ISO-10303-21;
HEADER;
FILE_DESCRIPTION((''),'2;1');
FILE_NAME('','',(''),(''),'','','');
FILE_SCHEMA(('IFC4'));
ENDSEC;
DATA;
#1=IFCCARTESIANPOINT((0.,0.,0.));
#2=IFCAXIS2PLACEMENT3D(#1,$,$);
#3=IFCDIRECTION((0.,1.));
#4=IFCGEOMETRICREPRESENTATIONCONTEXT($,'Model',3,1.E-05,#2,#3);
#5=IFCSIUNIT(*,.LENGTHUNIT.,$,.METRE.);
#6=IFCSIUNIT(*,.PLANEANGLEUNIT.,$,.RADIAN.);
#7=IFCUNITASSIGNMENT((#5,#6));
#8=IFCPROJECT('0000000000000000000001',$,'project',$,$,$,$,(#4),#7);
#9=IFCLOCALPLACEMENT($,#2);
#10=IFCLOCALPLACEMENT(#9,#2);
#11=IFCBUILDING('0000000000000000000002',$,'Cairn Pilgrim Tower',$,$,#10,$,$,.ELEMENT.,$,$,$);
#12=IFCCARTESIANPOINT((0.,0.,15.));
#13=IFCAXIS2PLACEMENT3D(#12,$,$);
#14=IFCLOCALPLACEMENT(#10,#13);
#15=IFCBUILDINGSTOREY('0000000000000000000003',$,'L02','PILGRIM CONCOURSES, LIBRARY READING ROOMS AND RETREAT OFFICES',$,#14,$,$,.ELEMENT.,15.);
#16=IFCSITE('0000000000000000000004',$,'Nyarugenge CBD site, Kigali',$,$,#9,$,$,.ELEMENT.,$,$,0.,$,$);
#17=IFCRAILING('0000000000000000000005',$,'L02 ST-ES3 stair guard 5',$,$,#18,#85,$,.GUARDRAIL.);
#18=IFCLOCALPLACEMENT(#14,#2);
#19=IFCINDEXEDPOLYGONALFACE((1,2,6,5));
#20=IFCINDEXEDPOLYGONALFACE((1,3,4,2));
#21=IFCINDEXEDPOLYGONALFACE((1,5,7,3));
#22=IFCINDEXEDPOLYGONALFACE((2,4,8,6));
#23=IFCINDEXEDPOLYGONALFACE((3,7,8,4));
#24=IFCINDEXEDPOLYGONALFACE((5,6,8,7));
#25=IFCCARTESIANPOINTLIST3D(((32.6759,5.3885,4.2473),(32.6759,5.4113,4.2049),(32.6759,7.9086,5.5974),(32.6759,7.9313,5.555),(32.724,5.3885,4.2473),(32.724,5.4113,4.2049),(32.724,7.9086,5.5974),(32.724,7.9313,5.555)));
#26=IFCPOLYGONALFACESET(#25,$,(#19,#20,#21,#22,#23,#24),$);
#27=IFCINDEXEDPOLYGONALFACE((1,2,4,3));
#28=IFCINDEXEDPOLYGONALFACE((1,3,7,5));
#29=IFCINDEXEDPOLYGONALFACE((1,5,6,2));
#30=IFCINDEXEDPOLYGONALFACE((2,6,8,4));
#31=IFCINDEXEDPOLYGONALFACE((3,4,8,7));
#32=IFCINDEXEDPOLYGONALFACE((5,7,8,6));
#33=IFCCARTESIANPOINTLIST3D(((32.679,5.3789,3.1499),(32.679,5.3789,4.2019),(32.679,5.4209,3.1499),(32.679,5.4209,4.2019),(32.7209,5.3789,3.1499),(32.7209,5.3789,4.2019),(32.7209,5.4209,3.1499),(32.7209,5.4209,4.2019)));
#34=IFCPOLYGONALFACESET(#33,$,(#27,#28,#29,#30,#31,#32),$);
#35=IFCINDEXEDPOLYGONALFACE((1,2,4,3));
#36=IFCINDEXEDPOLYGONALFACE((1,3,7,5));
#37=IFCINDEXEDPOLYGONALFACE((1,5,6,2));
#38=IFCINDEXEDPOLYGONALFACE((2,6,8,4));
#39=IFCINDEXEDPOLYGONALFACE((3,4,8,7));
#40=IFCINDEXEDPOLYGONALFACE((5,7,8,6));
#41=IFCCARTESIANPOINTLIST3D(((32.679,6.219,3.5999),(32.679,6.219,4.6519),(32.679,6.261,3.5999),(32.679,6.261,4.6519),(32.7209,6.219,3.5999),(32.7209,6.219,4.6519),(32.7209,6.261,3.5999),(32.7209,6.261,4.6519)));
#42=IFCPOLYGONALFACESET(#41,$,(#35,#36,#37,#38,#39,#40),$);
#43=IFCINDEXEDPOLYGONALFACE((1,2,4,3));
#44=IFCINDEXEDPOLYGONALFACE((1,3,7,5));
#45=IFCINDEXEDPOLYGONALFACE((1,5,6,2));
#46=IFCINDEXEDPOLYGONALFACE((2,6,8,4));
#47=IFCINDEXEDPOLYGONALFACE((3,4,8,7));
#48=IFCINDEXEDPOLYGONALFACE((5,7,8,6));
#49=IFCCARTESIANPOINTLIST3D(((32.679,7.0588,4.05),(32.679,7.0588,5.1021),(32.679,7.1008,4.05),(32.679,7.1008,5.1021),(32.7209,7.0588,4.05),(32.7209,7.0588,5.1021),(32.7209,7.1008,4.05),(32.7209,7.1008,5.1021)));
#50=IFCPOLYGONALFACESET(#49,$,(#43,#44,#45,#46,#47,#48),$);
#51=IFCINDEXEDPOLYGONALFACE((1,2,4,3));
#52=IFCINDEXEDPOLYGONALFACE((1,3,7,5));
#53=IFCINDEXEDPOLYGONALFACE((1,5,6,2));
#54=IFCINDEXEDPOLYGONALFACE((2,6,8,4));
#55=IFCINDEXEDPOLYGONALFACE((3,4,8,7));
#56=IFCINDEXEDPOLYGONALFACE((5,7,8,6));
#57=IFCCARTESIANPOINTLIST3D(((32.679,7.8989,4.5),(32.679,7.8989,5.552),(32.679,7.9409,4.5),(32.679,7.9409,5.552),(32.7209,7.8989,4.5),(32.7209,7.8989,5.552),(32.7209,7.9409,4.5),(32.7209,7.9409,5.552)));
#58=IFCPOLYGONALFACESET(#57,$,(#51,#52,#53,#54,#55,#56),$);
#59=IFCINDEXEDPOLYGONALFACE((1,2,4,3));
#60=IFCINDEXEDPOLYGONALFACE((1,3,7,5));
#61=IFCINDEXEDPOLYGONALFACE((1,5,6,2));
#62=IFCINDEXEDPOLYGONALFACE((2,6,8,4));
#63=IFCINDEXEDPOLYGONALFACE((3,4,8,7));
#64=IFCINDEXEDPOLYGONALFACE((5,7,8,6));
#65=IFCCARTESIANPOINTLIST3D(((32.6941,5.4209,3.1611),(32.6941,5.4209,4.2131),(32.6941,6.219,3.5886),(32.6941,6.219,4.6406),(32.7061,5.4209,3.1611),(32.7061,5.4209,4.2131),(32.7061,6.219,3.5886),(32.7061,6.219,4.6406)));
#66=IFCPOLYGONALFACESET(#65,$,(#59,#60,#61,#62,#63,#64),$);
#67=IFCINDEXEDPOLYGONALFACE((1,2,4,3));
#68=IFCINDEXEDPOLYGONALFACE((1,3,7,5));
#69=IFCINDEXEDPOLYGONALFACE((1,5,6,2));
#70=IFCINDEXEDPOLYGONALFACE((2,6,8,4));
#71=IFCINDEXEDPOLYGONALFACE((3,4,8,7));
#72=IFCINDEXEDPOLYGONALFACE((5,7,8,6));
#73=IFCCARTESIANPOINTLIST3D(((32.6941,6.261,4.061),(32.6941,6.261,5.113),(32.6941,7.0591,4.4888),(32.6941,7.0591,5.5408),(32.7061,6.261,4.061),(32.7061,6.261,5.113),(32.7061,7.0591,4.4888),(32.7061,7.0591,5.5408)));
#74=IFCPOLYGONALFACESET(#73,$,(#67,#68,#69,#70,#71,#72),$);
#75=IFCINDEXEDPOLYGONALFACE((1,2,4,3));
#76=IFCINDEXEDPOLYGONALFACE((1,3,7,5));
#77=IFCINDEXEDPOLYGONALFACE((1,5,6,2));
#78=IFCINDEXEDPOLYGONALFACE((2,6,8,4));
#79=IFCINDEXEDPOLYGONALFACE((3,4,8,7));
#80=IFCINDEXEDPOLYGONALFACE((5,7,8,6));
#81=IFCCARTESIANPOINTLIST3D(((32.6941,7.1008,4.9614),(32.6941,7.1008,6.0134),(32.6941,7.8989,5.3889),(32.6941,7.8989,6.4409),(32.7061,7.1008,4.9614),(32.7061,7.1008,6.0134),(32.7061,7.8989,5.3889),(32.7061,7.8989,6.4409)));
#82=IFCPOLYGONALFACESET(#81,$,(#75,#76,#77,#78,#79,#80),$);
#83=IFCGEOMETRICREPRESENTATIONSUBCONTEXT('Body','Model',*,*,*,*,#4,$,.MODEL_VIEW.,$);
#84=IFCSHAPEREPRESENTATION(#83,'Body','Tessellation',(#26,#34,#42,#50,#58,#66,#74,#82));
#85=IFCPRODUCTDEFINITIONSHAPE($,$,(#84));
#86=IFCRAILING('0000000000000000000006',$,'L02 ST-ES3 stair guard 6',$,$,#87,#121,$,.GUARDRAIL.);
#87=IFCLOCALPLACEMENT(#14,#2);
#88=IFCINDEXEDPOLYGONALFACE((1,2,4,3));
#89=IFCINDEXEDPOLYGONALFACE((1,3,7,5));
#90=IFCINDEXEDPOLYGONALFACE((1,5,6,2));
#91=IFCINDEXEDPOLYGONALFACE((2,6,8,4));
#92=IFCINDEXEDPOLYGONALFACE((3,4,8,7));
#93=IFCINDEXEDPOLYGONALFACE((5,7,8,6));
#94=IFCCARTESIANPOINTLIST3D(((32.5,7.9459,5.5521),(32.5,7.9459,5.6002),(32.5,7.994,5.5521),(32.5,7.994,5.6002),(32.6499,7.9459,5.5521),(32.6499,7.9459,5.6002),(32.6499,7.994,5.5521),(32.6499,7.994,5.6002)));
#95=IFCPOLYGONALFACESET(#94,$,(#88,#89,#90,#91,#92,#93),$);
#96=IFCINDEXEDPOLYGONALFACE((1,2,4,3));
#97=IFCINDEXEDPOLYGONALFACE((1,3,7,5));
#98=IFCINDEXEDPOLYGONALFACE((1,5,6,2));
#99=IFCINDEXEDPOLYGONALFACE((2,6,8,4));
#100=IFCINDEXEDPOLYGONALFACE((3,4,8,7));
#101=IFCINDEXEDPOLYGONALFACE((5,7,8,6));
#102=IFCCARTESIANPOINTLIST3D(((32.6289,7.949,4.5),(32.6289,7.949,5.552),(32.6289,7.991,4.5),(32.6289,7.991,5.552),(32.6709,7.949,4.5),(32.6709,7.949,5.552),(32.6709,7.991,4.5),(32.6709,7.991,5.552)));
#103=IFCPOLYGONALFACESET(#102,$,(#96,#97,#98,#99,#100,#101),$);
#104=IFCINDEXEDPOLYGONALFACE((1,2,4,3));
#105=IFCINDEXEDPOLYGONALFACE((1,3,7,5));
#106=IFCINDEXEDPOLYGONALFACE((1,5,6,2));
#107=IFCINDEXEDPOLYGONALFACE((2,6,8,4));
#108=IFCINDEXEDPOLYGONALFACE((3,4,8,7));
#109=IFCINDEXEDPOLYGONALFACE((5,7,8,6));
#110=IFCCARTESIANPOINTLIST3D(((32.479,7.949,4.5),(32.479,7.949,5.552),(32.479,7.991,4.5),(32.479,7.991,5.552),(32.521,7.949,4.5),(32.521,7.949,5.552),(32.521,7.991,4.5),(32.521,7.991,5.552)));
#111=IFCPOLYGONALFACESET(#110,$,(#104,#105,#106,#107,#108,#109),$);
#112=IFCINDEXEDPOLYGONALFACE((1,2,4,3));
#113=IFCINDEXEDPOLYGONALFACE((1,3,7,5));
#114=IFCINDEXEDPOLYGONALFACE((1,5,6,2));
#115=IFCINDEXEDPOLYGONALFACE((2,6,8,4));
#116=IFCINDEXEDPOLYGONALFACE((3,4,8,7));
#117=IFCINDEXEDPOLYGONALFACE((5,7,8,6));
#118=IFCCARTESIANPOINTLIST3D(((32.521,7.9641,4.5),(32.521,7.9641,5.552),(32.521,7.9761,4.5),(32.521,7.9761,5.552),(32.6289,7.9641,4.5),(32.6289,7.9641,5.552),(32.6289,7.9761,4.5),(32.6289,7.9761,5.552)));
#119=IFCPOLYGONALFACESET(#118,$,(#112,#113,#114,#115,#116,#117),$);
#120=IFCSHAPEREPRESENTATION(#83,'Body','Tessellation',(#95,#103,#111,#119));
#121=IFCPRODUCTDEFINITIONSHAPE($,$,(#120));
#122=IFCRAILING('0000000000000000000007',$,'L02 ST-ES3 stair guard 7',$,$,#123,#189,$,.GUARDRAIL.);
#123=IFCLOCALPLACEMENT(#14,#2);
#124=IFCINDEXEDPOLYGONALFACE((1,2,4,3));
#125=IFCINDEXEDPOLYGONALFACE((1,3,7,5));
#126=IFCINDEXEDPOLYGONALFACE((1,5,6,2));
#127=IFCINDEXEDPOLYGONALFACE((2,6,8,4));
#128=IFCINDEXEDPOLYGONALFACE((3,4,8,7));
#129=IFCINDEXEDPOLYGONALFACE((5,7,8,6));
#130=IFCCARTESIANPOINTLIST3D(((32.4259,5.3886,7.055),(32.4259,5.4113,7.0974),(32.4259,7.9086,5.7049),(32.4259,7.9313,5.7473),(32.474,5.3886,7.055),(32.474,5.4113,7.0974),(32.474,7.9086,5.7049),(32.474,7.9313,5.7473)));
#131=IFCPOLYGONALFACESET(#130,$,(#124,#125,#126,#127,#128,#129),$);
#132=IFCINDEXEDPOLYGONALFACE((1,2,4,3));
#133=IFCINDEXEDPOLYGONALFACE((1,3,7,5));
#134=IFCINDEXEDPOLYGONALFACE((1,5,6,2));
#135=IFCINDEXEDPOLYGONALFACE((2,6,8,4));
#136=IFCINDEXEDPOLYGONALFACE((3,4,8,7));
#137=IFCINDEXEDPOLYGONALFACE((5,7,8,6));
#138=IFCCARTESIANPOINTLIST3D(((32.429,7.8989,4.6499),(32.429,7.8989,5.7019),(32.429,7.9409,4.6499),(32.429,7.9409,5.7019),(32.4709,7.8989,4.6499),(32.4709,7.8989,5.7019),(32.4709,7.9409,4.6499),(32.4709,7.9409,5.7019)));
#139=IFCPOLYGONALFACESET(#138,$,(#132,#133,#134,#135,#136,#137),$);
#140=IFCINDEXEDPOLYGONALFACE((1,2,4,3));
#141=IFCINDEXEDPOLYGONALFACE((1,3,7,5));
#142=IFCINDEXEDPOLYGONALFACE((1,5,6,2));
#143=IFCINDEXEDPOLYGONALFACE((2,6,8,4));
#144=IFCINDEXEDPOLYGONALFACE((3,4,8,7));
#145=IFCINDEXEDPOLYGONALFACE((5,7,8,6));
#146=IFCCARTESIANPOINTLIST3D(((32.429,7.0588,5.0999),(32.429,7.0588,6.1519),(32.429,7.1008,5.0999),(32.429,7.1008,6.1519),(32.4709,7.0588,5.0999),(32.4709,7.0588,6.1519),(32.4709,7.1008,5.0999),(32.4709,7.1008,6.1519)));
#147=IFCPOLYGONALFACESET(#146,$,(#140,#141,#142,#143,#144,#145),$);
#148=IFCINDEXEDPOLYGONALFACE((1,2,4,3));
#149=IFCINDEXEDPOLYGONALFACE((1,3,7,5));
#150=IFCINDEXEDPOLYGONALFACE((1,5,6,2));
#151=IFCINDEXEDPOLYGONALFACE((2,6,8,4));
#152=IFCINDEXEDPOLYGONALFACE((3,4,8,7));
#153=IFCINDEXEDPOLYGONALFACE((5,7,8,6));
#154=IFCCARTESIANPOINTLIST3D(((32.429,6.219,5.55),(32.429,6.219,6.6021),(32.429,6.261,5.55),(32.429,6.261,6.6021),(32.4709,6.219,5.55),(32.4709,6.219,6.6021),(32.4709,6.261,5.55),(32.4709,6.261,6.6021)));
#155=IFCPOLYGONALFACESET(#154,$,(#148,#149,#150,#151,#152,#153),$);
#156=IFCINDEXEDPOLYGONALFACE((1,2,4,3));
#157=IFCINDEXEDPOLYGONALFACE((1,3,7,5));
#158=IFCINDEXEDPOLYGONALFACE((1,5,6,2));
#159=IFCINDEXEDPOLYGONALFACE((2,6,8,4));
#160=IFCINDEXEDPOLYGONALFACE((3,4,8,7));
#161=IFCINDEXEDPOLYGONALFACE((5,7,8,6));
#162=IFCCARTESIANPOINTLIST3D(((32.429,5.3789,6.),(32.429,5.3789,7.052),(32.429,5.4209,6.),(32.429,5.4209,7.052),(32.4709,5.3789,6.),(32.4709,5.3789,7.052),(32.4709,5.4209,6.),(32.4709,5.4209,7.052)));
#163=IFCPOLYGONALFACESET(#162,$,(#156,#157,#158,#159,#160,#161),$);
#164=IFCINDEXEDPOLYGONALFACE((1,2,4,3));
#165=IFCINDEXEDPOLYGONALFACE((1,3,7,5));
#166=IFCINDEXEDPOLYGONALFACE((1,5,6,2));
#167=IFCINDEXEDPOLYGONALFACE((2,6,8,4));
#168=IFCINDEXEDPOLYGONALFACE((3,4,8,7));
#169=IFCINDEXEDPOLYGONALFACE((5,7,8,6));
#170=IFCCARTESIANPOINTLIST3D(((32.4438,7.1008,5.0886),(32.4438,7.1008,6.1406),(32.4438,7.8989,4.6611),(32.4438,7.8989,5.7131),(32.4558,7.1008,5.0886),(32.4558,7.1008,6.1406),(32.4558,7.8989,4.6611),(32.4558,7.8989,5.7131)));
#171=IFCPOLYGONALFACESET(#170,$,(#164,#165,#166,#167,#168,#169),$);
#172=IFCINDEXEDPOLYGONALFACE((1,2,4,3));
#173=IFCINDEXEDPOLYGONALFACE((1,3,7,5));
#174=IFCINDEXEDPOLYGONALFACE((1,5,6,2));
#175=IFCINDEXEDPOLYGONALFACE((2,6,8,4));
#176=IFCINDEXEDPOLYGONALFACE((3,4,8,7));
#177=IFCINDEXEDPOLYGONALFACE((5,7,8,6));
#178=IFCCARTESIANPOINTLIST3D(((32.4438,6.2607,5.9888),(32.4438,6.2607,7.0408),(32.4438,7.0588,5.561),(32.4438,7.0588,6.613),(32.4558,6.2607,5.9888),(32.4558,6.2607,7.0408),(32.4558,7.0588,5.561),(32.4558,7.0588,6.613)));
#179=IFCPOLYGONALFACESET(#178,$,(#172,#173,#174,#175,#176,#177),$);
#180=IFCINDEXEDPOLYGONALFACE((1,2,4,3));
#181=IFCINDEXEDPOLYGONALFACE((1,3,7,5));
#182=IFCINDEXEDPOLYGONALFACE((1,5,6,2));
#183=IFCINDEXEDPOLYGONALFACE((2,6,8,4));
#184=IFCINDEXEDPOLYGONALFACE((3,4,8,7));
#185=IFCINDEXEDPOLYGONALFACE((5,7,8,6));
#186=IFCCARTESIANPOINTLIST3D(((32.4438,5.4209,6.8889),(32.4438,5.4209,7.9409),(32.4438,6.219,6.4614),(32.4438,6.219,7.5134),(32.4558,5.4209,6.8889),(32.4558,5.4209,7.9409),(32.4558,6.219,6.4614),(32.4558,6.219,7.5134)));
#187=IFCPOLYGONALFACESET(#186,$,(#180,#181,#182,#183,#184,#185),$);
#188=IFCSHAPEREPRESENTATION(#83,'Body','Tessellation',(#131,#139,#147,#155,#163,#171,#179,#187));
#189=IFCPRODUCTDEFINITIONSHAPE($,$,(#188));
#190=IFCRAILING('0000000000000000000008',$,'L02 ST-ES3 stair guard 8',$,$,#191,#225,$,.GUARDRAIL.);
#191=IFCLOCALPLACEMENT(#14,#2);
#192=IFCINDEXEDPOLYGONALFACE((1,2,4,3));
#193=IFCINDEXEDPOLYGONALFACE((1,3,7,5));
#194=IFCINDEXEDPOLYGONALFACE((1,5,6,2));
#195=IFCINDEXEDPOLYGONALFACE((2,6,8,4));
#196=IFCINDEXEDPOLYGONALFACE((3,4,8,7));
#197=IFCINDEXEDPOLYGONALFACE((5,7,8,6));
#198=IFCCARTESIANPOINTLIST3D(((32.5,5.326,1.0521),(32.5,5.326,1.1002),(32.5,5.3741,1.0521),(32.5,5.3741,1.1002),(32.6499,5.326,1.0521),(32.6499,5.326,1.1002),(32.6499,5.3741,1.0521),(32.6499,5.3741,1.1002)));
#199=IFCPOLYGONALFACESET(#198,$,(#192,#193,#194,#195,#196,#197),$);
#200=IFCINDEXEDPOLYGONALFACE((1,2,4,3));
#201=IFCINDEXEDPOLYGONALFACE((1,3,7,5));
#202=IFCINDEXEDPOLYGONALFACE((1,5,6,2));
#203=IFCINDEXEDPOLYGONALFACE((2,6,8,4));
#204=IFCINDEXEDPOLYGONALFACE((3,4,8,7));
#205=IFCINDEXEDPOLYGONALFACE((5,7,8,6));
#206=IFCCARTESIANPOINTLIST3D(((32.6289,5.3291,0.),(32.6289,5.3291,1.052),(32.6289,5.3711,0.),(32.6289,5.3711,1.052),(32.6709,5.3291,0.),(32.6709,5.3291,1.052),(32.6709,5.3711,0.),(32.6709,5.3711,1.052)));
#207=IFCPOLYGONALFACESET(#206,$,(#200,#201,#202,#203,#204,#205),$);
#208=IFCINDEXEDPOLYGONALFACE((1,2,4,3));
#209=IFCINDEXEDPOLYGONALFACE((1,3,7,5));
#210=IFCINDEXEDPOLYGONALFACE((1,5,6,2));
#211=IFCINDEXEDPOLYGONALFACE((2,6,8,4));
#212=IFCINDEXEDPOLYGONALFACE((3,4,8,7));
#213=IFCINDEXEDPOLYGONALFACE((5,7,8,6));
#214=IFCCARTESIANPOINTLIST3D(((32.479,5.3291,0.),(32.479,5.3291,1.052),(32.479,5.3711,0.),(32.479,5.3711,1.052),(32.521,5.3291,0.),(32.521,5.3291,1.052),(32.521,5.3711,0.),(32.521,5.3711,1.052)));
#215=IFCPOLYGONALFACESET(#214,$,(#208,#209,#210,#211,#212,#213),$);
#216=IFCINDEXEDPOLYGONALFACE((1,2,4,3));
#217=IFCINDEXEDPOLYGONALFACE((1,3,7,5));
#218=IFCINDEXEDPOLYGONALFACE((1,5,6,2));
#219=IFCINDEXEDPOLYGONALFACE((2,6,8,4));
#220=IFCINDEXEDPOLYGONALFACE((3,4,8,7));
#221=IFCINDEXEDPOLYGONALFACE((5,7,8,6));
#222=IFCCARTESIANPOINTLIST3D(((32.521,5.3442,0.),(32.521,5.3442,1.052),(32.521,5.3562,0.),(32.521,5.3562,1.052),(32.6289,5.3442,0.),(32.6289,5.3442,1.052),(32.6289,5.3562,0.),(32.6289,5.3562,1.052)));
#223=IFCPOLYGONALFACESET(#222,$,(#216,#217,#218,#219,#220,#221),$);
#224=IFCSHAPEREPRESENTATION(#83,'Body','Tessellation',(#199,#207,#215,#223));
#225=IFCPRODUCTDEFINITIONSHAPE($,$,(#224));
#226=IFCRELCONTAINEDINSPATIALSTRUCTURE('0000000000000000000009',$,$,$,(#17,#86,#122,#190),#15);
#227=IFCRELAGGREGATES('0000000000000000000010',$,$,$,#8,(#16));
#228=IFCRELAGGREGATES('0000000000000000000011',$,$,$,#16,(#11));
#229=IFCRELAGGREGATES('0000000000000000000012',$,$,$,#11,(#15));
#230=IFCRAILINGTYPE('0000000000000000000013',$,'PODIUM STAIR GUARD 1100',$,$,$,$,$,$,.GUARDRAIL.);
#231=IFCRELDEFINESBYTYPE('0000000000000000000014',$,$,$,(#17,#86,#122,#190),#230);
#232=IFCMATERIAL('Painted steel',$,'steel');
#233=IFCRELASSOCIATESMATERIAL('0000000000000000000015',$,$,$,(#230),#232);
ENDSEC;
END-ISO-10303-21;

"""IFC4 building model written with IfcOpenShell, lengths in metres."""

from ifc_helpers import new_model, si_unit, direction, frame, origin, origin_2d, place, context, subcontext, project, spatial, polyline, rectangle, outline, extrude, material, type_object, element, save


model = new_model("IFC4")

# Units and contexts
model_context = context("Model", 3, precision=1e-05, world=origin(), true_north=direction((0.0, 1.0)))
body_context = subcontext(model_context, "Body", "Model", "MODEL_VIEW")
ifc_project = project(units=[si_unit("LENGTHUNIT", "METRE"), si_unit("PLANEANGLEUNIT", "RADIAN")], contexts=[model_context])

# Site, building, storey
site_placement = place(None, origin())
site = spatial("IfcSite", under=ifc_project, at=site_placement, Name="Nyarugenge CBD site, Kigali", CompositionType="ELEMENT", RefElevation=0.0)
building_placement = place(site_placement, origin())
building = spatial("IfcBuilding", under=site, at=building_placement, Name="Cairn Pilgrim Tower", CompositionType="ELEMENT")
storey_placement = place(building_placement, frame((0.0, 0.0, 15.0)))
storey = spatial("IfcBuildingStorey", under=building, at=storey_placement, Name="L02", Description="PILGRIM CONCOURSES, LIBRARY READING ROOMS AND RETREAT OFFICES", CompositionType="ELEMENT", Elevation=15.0)

# Railings
ifc_material_1 = material(Name="Painted steel", Category="steel")
railing_type_1 = type_object("IfcRailingType", Name="PODIUM STAIR GUARD 1100", PredefinedType="GUARDRAIL", material=ifc_material_1)
railing_1_placement = place(storey_placement, frame((32.7, 5.3999, 3.1499)))
element("IfcRailing", 1, at=railing_1_placement, inside=storey, type_object=railing_type_1, Name="L02 ST-ES3 stair guard 5", PredefinedType="GUARDRAIL", context=body_context, shape_type="SweptSolid", body=[
    extrude(rectangle(XDim=0.0481, YDim=0.0481, at=origin_2d()), frame((0.0, 0.0, 1.0762), z_axis=(0.0, 0.881467, 0.472245), x_axis=(-1.0, 0.0, 0.0)), (0.0, 0.0, 1.0), 2.8589),
    extrude(rectangle(XDim=0.042, YDim=0.042, at=origin_2d()), origin(), (0.0, 0.0, 1.0), 1.052),
    extrude(rectangle(XDim=0.042, YDim=0.042, at=origin_2d()), frame((0.0, 0.8401, 0.45)), (0.0, 0.0, 1.0), 1.052),
    extrude(rectangle(XDim=0.042, YDim=0.042, at=origin_2d()), frame((0.0, 1.6799, 0.9001)), (0.0, 0.0, 1.0), 1.052),
    extrude(rectangle(XDim=0.042, YDim=0.042, at=origin_2d()), frame((0.0, 2.52, 1.3501)), (0.0, 0.0, 1.0), 1.052),
    extrude(outline(polyline([(0.021, 0.0112), (0.8191, 0.4387), (0.8191, 1.4907), (0.021, 1.0632), (0.021, 0.0112)])), frame((-0.0059, 0.0, 0.0), z_axis=(1.0, 0.0, 0.0), x_axis=(0.0, 1.0, 0.0)), (0.0, 0.0, 1.0), 0.012),
    extrude(outline(polyline([(0.021, 0.4612), (0.8191, 0.8889), (0.8191, 1.9409), (0.021, 1.5132), (0.021, 0.4612)])), frame((-0.0059, 0.8401, 0.45), z_axis=(1.0, 0.0, 0.0), x_axis=(0.0, 1.0, 0.0)), (0.0, 0.0, 1.0), 0.012),
    extrude(outline(polyline([(0.021, 0.9114), (0.8191, 1.3389), (0.8191, 2.3909), (0.021, 1.9634), (0.021, 0.9114)])), frame((-0.0059, 1.6799, 0.9001), z_axis=(1.0, 0.0, 0.0), x_axis=(0.0, 1.0, 0.0)), (0.0, 0.0, 1.0), 0.012),
])
railing_2_placement = place(storey_placement, frame((32.6499, 7.97, 4.5)))
element("IfcRailing", 2, at=railing_2_placement, inside=storey, type_object=railing_type_1, Name="L02 ST-ES3 stair guard 6", PredefinedType="GUARDRAIL", context=body_context, shape_type="SweptSolid", body=[
    extrude(rectangle(XDim=0.0481, YDim=0.0481, at=origin_2d()), frame((0.0, 0.0, 1.0762), z_axis=(-1.0, 0.0, 0.0), x_axis=(0.0, -1.0, 0.0)), (0.0, 0.0, 1.0), 0.1499),
    extrude(rectangle(XDim=0.042, YDim=0.042, at=origin_2d()), origin(), (0.0, 0.0, 1.0), 1.052),
    extrude(rectangle(XDim=0.042, YDim=0.042, at=origin_2d()), frame((-0.1499, 0.0, 0.0)), (0.0, 0.0, 1.0), 1.052),
    extrude(outline(polyline([(0.021, 0.0), (0.1289, 0.0), (0.1289, 1.052), (0.021, 1.052), (0.021, 0.0)])), frame((0.0, -0.0059, 0.0), z_axis=(0.0, 1.0, 0.0), x_axis=(-1.0, 0.0, 0.0)), (0.0, 0.0, 1.0), 0.012),
])
railing_3_placement = place(storey_placement, frame((32.45, 7.9199, 4.6499)))
element("IfcRailing", 3, at=railing_3_placement, inside=storey, type_object=railing_type_1, Name="L02 ST-ES3 stair guard 7", PredefinedType="GUARDRAIL", context=body_context, shape_type="SweptSolid", body=[
    extrude(rectangle(XDim=0.0481, YDim=0.0481, at=origin_2d()), frame((0.0, 0.0, 1.0762), z_axis=(0.0, -0.881467, 0.472245), x_axis=(1.0, 0.0, 0.0)), (0.0, 0.0, 1.0), 2.8589),
    extrude(rectangle(XDim=0.042, YDim=0.042, at=origin_2d()), origin(), (0.0, 0.0, 1.0), 1.052),
    extrude(rectangle(XDim=0.042, YDim=0.042, at=origin_2d()), frame((0.0, -0.8401, 0.45)), (0.0, 0.0, 1.0), 1.052),
    extrude(rectangle(XDim=0.042, YDim=0.042, at=origin_2d()), frame((0.0, -1.6799, 0.9001)), (0.0, 0.0, 1.0), 1.052),
    extrude(rectangle(XDim=0.042, YDim=0.042, at=origin_2d()), frame((0.0, -2.52, 1.3501)), (0.0, 0.0, 1.0), 1.052),
    extrude(outline(polyline([(0.021, 0.0112), (0.8191, 0.4387), (0.8191, 1.4907), (0.021, 1.0632), (0.021, 0.0112)])), frame((0.0059, 0.0, 0.0), z_axis=(-1.0, 0.0, 0.0), x_axis=(0.0, -1.0, 0.0)), (0.0, 0.0, 1.0), 0.012),
    extrude(outline(polyline([(0.021, 0.4612), (0.8191, 0.8889), (0.8191, 1.9409), (0.021, 1.5132), (0.021, 0.4612)])), frame((0.0059, -0.8401, 0.45), z_axis=(-1.0, 0.0, 0.0), x_axis=(0.0, -1.0, 0.0)), (0.0, 0.0, 1.0), 0.012),
    extrude(outline(polyline([(0.021, 0.9114), (0.8191, 1.3389), (0.8191, 2.3909), (0.021, 1.9634), (0.021, 0.9114)])), frame((0.0059, -1.6799, 0.9001), z_axis=(-1.0, 0.0, 0.0), x_axis=(0.0, -1.0, 0.0)), (0.0, 0.0, 1.0), 0.012),
])
railing_4_placement = place(storey_placement, frame((32.6499, 5.3501, 0.0)))
element("IfcRailing", 4, at=railing_4_placement, inside=storey, type_object=railing_type_1, Name="L02 ST-ES3 stair guard 8", PredefinedType="GUARDRAIL", context=body_context, shape_type="SweptSolid", body=[
    extrude(rectangle(XDim=0.0481, YDim=0.0481, at=origin_2d()), frame((0.0, 0.0, 1.0762), z_axis=(-1.0, 0.0, 0.0), x_axis=(0.0, -1.0, 0.0)), (0.0, 0.0, 1.0), 0.1499),
    extrude(rectangle(XDim=0.042, YDim=0.042, at=origin_2d()), origin(), (0.0, 0.0, 1.0), 1.052),
    extrude(rectangle(XDim=0.042, YDim=0.042, at=origin_2d()), frame((-0.1499, 0.0, 0.0)), (0.0, 0.0, 1.0), 1.052),
    extrude(outline(polyline([(0.021, 0.0), (0.1289, 0.0), (0.1289, 1.052), (0.021, 1.052), (0.021, 0.0)])), frame((0.0, -0.0059, 0.0), z_axis=(0.0, 1.0, 0.0), x_axis=(-1.0, 0.0, 0.0)), (0.0, 0.0, 1.0), 0.012),
])

save(model, "model.ifc")
